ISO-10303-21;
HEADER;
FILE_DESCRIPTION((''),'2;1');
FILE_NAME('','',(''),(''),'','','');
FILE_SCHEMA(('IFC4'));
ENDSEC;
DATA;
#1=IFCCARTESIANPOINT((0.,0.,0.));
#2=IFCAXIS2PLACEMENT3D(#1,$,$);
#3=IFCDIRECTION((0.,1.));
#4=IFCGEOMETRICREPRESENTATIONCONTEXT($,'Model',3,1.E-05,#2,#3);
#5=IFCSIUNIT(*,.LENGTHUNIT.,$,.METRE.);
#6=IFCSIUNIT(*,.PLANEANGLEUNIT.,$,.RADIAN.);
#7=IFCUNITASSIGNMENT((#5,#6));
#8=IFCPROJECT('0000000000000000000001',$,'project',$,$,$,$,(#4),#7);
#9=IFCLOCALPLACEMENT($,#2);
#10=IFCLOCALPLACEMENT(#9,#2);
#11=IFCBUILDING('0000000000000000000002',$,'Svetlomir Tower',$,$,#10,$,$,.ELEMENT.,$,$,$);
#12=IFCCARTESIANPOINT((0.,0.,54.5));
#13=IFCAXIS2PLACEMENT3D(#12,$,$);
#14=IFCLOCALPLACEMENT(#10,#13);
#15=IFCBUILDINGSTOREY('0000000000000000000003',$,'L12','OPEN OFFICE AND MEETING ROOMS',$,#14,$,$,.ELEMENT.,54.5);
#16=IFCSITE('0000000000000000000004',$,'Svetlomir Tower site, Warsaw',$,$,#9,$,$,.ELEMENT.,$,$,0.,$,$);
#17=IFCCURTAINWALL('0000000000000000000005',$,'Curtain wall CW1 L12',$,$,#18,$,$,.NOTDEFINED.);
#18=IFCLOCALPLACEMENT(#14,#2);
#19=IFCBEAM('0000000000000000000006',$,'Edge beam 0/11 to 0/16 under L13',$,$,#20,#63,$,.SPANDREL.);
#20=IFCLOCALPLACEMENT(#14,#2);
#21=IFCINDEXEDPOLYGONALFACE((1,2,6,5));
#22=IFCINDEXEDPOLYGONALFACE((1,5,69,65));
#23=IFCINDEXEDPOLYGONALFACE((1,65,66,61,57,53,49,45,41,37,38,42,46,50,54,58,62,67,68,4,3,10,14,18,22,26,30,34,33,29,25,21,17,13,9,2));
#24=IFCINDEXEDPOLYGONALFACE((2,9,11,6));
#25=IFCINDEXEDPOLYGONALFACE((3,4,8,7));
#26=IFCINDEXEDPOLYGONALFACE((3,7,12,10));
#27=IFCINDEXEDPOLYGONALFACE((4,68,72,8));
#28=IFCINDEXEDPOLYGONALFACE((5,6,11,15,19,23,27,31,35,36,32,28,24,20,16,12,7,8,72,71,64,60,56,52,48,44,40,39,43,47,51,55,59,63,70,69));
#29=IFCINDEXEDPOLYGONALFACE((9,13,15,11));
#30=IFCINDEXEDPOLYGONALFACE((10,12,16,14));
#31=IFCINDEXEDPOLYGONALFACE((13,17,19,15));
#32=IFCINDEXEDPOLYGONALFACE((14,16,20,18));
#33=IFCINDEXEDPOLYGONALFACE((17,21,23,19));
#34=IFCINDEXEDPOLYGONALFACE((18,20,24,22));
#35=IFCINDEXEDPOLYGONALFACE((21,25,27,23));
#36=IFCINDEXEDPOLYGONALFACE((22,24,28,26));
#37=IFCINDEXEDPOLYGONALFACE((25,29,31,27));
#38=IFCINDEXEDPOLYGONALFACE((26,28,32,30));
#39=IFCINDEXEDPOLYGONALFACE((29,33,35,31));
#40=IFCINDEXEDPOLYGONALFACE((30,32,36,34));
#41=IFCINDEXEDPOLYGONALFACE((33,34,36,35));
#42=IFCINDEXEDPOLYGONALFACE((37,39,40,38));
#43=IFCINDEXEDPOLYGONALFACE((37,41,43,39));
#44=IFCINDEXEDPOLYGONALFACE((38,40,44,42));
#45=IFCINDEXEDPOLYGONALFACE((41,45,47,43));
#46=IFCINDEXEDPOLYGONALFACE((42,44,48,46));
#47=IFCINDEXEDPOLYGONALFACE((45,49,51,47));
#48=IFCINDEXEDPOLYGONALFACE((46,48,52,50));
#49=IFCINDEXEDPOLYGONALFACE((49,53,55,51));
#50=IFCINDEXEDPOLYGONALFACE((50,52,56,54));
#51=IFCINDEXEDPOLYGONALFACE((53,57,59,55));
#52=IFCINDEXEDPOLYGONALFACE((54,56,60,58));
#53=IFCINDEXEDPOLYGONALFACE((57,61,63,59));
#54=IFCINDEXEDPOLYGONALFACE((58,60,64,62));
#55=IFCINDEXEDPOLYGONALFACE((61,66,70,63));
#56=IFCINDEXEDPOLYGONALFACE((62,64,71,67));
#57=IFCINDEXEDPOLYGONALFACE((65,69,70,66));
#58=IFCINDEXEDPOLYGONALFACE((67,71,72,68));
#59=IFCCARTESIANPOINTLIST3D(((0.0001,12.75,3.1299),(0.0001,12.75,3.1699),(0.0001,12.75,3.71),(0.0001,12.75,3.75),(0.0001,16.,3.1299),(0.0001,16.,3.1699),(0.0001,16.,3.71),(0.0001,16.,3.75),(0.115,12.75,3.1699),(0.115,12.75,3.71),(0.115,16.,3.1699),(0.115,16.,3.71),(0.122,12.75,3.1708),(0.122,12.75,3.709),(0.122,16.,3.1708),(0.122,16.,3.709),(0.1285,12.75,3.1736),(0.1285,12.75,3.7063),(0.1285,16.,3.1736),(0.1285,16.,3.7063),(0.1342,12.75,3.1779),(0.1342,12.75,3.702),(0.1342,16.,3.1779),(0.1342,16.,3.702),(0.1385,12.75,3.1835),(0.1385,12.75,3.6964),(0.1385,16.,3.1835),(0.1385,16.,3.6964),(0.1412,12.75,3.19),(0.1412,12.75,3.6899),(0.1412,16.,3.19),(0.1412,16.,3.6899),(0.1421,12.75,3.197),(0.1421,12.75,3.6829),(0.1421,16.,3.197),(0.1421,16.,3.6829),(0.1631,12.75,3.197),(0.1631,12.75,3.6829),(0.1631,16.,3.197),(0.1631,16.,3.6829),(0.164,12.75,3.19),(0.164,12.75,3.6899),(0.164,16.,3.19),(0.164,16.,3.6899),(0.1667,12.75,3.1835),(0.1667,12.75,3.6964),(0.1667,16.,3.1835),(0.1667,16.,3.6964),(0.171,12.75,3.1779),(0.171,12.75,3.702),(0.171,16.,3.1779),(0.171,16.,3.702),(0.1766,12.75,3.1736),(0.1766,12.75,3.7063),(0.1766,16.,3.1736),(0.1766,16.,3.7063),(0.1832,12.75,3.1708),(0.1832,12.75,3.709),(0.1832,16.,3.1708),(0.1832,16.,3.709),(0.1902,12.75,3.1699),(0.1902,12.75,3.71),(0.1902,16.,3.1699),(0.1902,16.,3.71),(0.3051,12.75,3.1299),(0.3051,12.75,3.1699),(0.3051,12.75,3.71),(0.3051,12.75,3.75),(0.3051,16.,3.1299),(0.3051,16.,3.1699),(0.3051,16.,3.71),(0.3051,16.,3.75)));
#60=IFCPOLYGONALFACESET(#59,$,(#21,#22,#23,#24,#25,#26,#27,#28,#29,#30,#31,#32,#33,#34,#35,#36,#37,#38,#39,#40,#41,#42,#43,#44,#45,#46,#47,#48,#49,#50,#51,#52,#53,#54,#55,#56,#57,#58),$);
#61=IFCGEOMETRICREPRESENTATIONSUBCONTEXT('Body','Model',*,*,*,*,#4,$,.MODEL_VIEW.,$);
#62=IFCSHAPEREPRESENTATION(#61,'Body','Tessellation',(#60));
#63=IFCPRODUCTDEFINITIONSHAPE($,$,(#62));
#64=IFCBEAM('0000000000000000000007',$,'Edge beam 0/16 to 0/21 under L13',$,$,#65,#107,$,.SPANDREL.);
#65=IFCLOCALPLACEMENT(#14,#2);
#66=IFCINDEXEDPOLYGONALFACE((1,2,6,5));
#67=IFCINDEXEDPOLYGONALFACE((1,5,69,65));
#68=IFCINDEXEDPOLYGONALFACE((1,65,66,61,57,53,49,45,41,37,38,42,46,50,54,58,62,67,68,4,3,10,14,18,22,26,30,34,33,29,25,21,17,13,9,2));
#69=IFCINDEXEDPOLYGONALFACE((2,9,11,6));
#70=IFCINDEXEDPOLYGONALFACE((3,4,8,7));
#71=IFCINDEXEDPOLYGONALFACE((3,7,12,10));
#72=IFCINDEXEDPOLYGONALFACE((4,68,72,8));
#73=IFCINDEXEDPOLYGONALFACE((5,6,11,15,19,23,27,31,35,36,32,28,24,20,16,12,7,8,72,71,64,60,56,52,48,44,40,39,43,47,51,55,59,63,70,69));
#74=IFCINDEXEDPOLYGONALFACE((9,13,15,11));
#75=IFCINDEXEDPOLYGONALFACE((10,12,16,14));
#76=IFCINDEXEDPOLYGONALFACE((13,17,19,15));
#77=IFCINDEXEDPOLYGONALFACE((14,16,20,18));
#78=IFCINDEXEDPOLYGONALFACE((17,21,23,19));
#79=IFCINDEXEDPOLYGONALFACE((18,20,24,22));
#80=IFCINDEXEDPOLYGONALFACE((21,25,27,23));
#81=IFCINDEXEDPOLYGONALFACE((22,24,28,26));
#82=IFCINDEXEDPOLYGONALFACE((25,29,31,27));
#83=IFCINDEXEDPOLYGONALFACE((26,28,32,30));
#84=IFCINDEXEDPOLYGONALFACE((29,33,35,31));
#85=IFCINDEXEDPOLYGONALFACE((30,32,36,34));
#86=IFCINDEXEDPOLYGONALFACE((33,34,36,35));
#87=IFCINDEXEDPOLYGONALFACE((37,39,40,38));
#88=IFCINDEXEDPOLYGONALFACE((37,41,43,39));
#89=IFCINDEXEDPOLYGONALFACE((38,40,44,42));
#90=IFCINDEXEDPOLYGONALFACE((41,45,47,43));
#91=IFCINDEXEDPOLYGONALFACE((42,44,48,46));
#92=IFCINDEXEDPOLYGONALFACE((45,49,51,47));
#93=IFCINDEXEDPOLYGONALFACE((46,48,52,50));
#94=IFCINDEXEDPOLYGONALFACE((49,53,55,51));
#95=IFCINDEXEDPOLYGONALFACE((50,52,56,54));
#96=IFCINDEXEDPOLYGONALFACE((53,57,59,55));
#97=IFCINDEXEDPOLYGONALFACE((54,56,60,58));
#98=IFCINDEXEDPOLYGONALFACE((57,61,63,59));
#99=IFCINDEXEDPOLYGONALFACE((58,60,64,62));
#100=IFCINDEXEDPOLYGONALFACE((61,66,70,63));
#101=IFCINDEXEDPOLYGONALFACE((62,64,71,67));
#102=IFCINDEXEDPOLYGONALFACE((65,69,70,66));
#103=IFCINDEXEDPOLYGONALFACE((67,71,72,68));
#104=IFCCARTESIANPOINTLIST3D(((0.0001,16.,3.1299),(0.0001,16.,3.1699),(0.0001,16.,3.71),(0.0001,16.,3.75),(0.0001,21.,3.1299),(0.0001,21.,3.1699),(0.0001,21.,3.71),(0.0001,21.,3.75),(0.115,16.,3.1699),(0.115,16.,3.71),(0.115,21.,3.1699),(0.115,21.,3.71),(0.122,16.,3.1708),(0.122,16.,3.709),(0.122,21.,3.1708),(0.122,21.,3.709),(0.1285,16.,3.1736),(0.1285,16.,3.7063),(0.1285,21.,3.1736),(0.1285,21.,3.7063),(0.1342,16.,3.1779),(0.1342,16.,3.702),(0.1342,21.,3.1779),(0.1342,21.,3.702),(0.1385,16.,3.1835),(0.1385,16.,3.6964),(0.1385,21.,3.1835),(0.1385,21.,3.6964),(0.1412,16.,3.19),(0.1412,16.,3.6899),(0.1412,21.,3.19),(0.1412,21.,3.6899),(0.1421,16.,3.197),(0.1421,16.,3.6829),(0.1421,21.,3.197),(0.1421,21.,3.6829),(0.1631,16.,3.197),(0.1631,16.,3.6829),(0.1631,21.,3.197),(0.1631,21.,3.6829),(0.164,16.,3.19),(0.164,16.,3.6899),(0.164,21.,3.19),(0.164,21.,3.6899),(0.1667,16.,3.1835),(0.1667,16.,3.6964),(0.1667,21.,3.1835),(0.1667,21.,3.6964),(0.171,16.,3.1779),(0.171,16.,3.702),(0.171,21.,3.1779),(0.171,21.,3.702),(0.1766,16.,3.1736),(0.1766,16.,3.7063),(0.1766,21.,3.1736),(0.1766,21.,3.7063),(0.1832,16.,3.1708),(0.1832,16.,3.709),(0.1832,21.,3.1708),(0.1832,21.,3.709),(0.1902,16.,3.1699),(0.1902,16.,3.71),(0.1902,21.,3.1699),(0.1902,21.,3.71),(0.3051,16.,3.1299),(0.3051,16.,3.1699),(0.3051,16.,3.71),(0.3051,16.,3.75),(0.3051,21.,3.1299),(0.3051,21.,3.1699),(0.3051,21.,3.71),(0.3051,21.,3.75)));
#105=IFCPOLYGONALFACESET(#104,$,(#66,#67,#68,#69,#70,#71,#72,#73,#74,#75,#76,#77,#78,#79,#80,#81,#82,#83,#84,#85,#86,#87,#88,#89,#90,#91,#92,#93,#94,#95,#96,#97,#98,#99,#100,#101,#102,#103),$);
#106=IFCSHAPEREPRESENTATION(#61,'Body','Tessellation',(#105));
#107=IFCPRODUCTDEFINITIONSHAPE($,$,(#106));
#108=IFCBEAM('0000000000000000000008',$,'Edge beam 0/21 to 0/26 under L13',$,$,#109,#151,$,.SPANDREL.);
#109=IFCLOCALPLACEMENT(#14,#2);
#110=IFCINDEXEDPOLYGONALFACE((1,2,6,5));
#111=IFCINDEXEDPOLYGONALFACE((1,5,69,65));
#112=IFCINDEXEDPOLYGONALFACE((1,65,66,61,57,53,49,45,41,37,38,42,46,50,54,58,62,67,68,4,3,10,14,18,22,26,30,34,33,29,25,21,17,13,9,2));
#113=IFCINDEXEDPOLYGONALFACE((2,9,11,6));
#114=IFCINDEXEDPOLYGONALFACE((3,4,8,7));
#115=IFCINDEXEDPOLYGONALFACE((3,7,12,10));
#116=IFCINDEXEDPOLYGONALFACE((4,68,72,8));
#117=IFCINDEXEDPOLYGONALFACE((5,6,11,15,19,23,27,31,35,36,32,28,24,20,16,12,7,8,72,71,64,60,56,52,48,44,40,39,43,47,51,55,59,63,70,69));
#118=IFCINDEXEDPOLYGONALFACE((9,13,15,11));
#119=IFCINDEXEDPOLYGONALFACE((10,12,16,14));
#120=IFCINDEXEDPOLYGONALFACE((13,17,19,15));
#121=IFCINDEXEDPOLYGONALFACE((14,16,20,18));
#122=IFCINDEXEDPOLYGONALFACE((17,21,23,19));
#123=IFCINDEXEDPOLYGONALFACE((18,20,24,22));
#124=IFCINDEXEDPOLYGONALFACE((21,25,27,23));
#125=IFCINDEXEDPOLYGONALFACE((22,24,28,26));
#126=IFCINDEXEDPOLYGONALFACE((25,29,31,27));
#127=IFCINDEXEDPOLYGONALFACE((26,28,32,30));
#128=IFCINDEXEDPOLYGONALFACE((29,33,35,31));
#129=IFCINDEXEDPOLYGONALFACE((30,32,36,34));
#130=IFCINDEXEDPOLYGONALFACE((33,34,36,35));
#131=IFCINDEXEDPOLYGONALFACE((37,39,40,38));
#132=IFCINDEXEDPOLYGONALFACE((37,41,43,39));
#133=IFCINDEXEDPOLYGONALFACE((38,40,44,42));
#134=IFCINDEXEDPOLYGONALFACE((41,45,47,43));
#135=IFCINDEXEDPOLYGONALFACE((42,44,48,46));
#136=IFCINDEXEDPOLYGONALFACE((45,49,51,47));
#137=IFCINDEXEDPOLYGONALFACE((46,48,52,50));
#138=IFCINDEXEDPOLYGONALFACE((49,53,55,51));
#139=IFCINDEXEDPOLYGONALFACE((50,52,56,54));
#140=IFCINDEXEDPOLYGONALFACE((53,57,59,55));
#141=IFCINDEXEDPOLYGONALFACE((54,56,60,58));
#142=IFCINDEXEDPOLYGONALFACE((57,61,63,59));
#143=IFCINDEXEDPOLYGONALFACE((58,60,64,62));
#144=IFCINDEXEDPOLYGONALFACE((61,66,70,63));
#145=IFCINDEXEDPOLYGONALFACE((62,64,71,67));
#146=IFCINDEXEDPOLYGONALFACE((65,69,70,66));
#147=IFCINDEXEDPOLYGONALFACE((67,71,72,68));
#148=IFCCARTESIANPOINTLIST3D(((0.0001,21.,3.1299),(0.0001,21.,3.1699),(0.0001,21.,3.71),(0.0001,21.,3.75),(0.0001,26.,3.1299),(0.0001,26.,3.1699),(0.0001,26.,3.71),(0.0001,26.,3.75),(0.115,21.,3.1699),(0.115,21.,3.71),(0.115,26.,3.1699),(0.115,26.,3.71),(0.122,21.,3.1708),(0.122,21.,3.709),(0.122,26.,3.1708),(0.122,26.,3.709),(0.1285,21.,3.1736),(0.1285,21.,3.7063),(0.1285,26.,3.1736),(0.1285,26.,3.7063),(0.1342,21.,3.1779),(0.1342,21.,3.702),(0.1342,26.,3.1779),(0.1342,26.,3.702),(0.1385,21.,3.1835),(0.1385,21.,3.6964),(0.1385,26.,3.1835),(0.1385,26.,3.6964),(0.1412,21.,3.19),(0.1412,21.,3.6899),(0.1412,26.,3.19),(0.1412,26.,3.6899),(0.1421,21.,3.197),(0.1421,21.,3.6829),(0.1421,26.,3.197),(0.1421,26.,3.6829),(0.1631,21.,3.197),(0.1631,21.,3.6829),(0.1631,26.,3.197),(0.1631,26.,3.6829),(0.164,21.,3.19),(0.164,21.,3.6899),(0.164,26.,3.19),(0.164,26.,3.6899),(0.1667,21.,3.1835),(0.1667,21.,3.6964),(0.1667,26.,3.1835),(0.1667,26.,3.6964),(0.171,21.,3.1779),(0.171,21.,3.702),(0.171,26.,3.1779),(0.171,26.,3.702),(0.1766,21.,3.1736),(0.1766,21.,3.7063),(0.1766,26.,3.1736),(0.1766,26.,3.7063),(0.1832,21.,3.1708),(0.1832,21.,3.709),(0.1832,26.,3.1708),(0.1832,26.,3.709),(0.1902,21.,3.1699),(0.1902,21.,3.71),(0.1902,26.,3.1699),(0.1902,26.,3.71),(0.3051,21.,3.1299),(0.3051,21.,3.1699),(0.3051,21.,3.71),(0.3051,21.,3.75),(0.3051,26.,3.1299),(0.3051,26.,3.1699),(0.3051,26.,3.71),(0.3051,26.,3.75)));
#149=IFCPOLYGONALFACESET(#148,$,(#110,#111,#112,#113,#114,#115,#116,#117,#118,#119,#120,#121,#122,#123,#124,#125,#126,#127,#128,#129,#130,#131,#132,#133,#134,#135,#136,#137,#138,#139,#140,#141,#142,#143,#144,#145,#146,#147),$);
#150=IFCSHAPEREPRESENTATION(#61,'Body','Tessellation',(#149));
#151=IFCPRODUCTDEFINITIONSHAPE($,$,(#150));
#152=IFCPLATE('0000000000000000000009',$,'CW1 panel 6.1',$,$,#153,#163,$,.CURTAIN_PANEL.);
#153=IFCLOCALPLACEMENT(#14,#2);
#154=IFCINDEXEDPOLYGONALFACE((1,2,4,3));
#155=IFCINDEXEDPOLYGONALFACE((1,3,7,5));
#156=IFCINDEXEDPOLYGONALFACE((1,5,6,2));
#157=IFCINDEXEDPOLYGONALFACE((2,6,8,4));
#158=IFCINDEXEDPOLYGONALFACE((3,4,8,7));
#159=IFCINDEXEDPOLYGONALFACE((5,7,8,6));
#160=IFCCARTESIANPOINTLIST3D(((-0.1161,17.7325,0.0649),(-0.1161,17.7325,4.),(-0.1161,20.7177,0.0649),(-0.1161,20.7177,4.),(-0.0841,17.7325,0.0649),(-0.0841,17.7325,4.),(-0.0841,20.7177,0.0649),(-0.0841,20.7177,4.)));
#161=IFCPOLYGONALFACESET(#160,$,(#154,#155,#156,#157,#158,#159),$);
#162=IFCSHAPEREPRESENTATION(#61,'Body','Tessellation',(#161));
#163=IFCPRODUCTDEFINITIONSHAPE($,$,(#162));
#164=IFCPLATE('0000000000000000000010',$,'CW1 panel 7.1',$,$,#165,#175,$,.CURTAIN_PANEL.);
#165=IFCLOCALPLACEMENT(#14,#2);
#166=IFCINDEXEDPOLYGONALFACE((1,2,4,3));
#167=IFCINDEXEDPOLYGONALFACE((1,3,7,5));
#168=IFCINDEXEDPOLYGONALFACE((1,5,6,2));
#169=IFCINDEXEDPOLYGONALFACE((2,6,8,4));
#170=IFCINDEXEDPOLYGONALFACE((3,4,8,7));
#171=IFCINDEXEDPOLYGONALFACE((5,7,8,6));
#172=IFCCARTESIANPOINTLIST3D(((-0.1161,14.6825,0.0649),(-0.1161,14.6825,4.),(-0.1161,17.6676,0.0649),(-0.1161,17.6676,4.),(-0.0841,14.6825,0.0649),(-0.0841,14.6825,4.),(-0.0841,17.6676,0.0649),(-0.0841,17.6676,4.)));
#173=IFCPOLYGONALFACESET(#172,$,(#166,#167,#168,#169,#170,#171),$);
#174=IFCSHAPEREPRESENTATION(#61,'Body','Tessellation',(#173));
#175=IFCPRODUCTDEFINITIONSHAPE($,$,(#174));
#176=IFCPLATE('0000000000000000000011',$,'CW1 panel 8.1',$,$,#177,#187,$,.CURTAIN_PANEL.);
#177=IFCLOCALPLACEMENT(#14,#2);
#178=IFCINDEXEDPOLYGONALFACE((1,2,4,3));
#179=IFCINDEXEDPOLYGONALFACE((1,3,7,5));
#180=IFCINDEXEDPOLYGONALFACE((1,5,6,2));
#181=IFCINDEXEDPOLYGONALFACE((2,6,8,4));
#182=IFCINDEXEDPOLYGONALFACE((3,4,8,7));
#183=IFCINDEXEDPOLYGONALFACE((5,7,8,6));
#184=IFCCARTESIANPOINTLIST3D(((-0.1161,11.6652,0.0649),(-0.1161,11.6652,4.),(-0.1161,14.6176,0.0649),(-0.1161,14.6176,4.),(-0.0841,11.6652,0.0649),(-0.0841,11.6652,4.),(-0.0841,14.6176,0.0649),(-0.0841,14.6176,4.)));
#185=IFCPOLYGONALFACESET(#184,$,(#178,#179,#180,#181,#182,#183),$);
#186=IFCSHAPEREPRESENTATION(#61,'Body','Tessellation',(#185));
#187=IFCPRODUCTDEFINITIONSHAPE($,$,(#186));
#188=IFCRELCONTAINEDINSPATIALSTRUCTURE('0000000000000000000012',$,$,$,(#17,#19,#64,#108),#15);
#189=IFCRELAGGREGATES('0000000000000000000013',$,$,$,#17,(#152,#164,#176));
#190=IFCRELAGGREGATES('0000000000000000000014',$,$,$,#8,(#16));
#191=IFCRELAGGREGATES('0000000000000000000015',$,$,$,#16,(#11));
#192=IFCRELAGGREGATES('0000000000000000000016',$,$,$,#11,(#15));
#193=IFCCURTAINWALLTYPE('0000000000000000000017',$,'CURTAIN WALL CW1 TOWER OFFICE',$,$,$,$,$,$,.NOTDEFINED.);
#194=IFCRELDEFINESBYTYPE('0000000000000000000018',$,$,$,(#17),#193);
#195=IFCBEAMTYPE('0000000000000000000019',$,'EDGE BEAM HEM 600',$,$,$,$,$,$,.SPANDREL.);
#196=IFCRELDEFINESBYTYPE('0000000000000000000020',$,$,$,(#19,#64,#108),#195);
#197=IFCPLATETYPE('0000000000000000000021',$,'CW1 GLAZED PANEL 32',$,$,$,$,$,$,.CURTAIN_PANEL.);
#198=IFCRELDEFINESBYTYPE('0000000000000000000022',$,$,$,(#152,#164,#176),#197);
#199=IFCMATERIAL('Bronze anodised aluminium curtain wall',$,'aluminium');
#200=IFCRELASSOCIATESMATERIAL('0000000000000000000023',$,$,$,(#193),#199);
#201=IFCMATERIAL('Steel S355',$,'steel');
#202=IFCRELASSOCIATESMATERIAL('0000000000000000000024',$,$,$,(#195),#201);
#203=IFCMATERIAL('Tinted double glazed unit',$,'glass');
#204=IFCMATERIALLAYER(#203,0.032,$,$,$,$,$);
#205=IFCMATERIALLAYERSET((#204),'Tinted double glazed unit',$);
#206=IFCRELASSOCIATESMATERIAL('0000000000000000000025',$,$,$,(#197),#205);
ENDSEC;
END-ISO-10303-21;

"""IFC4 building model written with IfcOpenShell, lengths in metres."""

from ifc_helpers import new_model, si_unit, direction, frame, origin, origin_2d, place, context, subcontext, project, spatial, rectangle, i_section, extrude, material, layer, layer_set, material_profile, profile_set, type_object, element, aggregate, save


model = new_model("IFC4")

# Units and contexts
model_context = context("Model", 3, precision=1e-05, world=origin(), true_north=direction((0.0, 1.0)))
body_context = subcontext(model_context, "Body", "Model", "MODEL_VIEW")
ifc_project = project(units=[si_unit("LENGTHUNIT", "METRE"), si_unit("PLANEANGLEUNIT", "RADIAN")], contexts=[model_context])

# Site, building, storey
site_placement = place(None, origin())
site = spatial("IfcSite", under=ifc_project, at=site_placement, Name="Svetlomir Tower site, Warsaw", CompositionType="ELEMENT", RefElevation=0.0)
building_placement = place(site_placement, origin())
building = spatial("IfcBuilding", under=site, at=building_placement, Name="Svetlomir Tower", CompositionType="ELEMENT")
storey_placement = place(building_placement, frame((0.0, 0.0, 54.5)))
storey = spatial("IfcBuildingStorey", under=building, at=storey_placement, Name="L12", Description="OPEN OFFICE AND MEETING ROOMS", CompositionType="ELEMENT", Elevation=54.5)

# Curtain wall
ifc_material_1 = material(Name="Bronze anodised aluminium curtain wall", Category="aluminium")
curtain_wall_type = type_object("IfcCurtainWallType", Name="CURTAIN WALL CW1 TOWER OFFICE", PredefinedType="NOTDEFINED", material=ifc_material_1)
curtain_wall_placement = place(storey_placement, origin())
curtain_wall = element("IfcCurtainWall", 1, at=curtain_wall_placement, inside=storey, type_object=curtain_wall_type, Name="Curtain wall CW1 L12", PredefinedType="NOTDEFINED")

# Beams
ifc_material_2 = material(Name="Steel S355", Category="steel")
ifc_material_profile_1 = material_profile(ifc_material_2, i_section(OverallWidth=0.3049, OverallDepth=0.6201, WebThickness=0.021, FlangeThickness=0.04, FilletRadius=0.0271, at=origin_2d()), Name="HEM 600")
ifc_profile_set_1 = profile_set([ifc_material_profile_1], Name="Steel S355")
beam_type_1 = type_object("IfcBeamType", Name="EDGE BEAM HEM 600", PredefinedType="SPANDREL", material=ifc_profile_set_1)
beam_1_placement = place(storey_placement, frame((0.1526, 12.75, 3.4399), z_axis=(0.0, 1.0, 0.0), x_axis=(-1.0, 0.0, 0.0)))
element("IfcBeam", 2, at=beam_1_placement, inside=storey, type_object=beam_type_1, Name="Edge beam 0/11 to 0/16 under L13", PredefinedType="SPANDREL", context=body_context, shape_type="SweptSolid", body=[
    extrude(i_section(OverallWidth=0.3049, OverallDepth=0.6201, WebThickness=0.021, FlangeThickness=0.04, FilletRadius=0.0271, at=origin_2d()), origin(), (0.0, 0.0, 1.0), 3.25),
])
for number, where, z_axis, x_axis, name in (
    (3, (0.1526, 16.0, 3.4399), (0.0, 1.0, 0.0), (-1.0, 0.0, 0.0), "Edge beam 0/16 to 0/21 under L13"),
    (4, (0.1526, 21.0, 3.4399), (0.0, 1.0, 0.0), (-1.0, 0.0, 0.0), "Edge beam 0/21 to 0/26 under L13"),
):
    element("IfcBeam", number, at=place(storey_placement, frame(where, z_axis=z_axis, x_axis=x_axis)), inside=storey, type_object=beam_type_1, Name=name, PredefinedType="SPANDREL", context=body_context, shape_type="SweptSolid", body=[
        extrude(i_section(OverallWidth=0.3049, OverallDepth=0.6201, WebThickness=0.021, FlangeThickness=0.04, FilletRadius=0.0271, at=origin_2d()), origin(), (0.0, 0.0, 1.0), 5.0),
    ])

# Plates
ifc_material_3 = material(Name="Tinted double glazed unit", Category="glass")
ifc_layer_1 = layer(ifc_material_3, 0.032)
ifc_layer_set_1 = layer_set([ifc_layer_1], Name="Tinted double glazed unit")
plate_type = type_object("IfcPlateType", Name="CW1 GLAZED PANEL 32", PredefinedType="CURTAIN_PANEL", material=ifc_layer_set_1)
plate_1_placement = place(storey_placement, frame((-0.1001, 19.2251, 0.0649), z_axis=(0.0, 0.0, 1.0), x_axis=(0.0, -1.0, 0.0)))
plate_1 = element("IfcPlate", 5, at=plate_1_placement, type_object=plate_type, Name="CW1 panel 6.1", PredefinedType="CURTAIN_PANEL", context=body_context, shape_type="SweptSolid", body=[
    extrude(rectangle(XDim=2.9851, YDim=0.032, at=origin_2d()), origin(), (0.0, 0.0, 1.0), 3.9351),
])
plate_2_placement = place(storey_placement, frame((-0.1001, 16.175, 0.0649), z_axis=(0.0, 0.0, 1.0), x_axis=(0.0, -1.0, 0.0)))
plate_2 = element("IfcPlate", 6, at=plate_2_placement, type_object=plate_type, Name="CW1 panel 7.1", PredefinedType="CURTAIN_PANEL", context=body_context, shape_type="SweptSolid", body=[
    extrude(rectangle(XDim=2.9851, YDim=0.032, at=origin_2d()), origin(), (0.0, 0.0, 1.0), 3.9351),
])
plate_3_placement = place(storey_placement, frame((-0.1001, 13.1414, 0.0649), z_axis=(0.0, 0.0, 1.0), x_axis=(0.0, -1.0, 0.0)))
plate_3 = element("IfcPlate", 7, at=plate_3_placement, type_object=plate_type, Name="CW1 panel 8.1", PredefinedType="CURTAIN_PANEL", context=body_context, shape_type="SweptSolid", body=[
    extrude(rectangle(XDim=2.9524, YDim=0.032, at=origin_2d()), origin(), (0.0, 0.0, 1.0), 3.9351),
])
aggregate(curtain_wall, [plate_1, plate_2, plate_3])

save(model, "model.ifc")
